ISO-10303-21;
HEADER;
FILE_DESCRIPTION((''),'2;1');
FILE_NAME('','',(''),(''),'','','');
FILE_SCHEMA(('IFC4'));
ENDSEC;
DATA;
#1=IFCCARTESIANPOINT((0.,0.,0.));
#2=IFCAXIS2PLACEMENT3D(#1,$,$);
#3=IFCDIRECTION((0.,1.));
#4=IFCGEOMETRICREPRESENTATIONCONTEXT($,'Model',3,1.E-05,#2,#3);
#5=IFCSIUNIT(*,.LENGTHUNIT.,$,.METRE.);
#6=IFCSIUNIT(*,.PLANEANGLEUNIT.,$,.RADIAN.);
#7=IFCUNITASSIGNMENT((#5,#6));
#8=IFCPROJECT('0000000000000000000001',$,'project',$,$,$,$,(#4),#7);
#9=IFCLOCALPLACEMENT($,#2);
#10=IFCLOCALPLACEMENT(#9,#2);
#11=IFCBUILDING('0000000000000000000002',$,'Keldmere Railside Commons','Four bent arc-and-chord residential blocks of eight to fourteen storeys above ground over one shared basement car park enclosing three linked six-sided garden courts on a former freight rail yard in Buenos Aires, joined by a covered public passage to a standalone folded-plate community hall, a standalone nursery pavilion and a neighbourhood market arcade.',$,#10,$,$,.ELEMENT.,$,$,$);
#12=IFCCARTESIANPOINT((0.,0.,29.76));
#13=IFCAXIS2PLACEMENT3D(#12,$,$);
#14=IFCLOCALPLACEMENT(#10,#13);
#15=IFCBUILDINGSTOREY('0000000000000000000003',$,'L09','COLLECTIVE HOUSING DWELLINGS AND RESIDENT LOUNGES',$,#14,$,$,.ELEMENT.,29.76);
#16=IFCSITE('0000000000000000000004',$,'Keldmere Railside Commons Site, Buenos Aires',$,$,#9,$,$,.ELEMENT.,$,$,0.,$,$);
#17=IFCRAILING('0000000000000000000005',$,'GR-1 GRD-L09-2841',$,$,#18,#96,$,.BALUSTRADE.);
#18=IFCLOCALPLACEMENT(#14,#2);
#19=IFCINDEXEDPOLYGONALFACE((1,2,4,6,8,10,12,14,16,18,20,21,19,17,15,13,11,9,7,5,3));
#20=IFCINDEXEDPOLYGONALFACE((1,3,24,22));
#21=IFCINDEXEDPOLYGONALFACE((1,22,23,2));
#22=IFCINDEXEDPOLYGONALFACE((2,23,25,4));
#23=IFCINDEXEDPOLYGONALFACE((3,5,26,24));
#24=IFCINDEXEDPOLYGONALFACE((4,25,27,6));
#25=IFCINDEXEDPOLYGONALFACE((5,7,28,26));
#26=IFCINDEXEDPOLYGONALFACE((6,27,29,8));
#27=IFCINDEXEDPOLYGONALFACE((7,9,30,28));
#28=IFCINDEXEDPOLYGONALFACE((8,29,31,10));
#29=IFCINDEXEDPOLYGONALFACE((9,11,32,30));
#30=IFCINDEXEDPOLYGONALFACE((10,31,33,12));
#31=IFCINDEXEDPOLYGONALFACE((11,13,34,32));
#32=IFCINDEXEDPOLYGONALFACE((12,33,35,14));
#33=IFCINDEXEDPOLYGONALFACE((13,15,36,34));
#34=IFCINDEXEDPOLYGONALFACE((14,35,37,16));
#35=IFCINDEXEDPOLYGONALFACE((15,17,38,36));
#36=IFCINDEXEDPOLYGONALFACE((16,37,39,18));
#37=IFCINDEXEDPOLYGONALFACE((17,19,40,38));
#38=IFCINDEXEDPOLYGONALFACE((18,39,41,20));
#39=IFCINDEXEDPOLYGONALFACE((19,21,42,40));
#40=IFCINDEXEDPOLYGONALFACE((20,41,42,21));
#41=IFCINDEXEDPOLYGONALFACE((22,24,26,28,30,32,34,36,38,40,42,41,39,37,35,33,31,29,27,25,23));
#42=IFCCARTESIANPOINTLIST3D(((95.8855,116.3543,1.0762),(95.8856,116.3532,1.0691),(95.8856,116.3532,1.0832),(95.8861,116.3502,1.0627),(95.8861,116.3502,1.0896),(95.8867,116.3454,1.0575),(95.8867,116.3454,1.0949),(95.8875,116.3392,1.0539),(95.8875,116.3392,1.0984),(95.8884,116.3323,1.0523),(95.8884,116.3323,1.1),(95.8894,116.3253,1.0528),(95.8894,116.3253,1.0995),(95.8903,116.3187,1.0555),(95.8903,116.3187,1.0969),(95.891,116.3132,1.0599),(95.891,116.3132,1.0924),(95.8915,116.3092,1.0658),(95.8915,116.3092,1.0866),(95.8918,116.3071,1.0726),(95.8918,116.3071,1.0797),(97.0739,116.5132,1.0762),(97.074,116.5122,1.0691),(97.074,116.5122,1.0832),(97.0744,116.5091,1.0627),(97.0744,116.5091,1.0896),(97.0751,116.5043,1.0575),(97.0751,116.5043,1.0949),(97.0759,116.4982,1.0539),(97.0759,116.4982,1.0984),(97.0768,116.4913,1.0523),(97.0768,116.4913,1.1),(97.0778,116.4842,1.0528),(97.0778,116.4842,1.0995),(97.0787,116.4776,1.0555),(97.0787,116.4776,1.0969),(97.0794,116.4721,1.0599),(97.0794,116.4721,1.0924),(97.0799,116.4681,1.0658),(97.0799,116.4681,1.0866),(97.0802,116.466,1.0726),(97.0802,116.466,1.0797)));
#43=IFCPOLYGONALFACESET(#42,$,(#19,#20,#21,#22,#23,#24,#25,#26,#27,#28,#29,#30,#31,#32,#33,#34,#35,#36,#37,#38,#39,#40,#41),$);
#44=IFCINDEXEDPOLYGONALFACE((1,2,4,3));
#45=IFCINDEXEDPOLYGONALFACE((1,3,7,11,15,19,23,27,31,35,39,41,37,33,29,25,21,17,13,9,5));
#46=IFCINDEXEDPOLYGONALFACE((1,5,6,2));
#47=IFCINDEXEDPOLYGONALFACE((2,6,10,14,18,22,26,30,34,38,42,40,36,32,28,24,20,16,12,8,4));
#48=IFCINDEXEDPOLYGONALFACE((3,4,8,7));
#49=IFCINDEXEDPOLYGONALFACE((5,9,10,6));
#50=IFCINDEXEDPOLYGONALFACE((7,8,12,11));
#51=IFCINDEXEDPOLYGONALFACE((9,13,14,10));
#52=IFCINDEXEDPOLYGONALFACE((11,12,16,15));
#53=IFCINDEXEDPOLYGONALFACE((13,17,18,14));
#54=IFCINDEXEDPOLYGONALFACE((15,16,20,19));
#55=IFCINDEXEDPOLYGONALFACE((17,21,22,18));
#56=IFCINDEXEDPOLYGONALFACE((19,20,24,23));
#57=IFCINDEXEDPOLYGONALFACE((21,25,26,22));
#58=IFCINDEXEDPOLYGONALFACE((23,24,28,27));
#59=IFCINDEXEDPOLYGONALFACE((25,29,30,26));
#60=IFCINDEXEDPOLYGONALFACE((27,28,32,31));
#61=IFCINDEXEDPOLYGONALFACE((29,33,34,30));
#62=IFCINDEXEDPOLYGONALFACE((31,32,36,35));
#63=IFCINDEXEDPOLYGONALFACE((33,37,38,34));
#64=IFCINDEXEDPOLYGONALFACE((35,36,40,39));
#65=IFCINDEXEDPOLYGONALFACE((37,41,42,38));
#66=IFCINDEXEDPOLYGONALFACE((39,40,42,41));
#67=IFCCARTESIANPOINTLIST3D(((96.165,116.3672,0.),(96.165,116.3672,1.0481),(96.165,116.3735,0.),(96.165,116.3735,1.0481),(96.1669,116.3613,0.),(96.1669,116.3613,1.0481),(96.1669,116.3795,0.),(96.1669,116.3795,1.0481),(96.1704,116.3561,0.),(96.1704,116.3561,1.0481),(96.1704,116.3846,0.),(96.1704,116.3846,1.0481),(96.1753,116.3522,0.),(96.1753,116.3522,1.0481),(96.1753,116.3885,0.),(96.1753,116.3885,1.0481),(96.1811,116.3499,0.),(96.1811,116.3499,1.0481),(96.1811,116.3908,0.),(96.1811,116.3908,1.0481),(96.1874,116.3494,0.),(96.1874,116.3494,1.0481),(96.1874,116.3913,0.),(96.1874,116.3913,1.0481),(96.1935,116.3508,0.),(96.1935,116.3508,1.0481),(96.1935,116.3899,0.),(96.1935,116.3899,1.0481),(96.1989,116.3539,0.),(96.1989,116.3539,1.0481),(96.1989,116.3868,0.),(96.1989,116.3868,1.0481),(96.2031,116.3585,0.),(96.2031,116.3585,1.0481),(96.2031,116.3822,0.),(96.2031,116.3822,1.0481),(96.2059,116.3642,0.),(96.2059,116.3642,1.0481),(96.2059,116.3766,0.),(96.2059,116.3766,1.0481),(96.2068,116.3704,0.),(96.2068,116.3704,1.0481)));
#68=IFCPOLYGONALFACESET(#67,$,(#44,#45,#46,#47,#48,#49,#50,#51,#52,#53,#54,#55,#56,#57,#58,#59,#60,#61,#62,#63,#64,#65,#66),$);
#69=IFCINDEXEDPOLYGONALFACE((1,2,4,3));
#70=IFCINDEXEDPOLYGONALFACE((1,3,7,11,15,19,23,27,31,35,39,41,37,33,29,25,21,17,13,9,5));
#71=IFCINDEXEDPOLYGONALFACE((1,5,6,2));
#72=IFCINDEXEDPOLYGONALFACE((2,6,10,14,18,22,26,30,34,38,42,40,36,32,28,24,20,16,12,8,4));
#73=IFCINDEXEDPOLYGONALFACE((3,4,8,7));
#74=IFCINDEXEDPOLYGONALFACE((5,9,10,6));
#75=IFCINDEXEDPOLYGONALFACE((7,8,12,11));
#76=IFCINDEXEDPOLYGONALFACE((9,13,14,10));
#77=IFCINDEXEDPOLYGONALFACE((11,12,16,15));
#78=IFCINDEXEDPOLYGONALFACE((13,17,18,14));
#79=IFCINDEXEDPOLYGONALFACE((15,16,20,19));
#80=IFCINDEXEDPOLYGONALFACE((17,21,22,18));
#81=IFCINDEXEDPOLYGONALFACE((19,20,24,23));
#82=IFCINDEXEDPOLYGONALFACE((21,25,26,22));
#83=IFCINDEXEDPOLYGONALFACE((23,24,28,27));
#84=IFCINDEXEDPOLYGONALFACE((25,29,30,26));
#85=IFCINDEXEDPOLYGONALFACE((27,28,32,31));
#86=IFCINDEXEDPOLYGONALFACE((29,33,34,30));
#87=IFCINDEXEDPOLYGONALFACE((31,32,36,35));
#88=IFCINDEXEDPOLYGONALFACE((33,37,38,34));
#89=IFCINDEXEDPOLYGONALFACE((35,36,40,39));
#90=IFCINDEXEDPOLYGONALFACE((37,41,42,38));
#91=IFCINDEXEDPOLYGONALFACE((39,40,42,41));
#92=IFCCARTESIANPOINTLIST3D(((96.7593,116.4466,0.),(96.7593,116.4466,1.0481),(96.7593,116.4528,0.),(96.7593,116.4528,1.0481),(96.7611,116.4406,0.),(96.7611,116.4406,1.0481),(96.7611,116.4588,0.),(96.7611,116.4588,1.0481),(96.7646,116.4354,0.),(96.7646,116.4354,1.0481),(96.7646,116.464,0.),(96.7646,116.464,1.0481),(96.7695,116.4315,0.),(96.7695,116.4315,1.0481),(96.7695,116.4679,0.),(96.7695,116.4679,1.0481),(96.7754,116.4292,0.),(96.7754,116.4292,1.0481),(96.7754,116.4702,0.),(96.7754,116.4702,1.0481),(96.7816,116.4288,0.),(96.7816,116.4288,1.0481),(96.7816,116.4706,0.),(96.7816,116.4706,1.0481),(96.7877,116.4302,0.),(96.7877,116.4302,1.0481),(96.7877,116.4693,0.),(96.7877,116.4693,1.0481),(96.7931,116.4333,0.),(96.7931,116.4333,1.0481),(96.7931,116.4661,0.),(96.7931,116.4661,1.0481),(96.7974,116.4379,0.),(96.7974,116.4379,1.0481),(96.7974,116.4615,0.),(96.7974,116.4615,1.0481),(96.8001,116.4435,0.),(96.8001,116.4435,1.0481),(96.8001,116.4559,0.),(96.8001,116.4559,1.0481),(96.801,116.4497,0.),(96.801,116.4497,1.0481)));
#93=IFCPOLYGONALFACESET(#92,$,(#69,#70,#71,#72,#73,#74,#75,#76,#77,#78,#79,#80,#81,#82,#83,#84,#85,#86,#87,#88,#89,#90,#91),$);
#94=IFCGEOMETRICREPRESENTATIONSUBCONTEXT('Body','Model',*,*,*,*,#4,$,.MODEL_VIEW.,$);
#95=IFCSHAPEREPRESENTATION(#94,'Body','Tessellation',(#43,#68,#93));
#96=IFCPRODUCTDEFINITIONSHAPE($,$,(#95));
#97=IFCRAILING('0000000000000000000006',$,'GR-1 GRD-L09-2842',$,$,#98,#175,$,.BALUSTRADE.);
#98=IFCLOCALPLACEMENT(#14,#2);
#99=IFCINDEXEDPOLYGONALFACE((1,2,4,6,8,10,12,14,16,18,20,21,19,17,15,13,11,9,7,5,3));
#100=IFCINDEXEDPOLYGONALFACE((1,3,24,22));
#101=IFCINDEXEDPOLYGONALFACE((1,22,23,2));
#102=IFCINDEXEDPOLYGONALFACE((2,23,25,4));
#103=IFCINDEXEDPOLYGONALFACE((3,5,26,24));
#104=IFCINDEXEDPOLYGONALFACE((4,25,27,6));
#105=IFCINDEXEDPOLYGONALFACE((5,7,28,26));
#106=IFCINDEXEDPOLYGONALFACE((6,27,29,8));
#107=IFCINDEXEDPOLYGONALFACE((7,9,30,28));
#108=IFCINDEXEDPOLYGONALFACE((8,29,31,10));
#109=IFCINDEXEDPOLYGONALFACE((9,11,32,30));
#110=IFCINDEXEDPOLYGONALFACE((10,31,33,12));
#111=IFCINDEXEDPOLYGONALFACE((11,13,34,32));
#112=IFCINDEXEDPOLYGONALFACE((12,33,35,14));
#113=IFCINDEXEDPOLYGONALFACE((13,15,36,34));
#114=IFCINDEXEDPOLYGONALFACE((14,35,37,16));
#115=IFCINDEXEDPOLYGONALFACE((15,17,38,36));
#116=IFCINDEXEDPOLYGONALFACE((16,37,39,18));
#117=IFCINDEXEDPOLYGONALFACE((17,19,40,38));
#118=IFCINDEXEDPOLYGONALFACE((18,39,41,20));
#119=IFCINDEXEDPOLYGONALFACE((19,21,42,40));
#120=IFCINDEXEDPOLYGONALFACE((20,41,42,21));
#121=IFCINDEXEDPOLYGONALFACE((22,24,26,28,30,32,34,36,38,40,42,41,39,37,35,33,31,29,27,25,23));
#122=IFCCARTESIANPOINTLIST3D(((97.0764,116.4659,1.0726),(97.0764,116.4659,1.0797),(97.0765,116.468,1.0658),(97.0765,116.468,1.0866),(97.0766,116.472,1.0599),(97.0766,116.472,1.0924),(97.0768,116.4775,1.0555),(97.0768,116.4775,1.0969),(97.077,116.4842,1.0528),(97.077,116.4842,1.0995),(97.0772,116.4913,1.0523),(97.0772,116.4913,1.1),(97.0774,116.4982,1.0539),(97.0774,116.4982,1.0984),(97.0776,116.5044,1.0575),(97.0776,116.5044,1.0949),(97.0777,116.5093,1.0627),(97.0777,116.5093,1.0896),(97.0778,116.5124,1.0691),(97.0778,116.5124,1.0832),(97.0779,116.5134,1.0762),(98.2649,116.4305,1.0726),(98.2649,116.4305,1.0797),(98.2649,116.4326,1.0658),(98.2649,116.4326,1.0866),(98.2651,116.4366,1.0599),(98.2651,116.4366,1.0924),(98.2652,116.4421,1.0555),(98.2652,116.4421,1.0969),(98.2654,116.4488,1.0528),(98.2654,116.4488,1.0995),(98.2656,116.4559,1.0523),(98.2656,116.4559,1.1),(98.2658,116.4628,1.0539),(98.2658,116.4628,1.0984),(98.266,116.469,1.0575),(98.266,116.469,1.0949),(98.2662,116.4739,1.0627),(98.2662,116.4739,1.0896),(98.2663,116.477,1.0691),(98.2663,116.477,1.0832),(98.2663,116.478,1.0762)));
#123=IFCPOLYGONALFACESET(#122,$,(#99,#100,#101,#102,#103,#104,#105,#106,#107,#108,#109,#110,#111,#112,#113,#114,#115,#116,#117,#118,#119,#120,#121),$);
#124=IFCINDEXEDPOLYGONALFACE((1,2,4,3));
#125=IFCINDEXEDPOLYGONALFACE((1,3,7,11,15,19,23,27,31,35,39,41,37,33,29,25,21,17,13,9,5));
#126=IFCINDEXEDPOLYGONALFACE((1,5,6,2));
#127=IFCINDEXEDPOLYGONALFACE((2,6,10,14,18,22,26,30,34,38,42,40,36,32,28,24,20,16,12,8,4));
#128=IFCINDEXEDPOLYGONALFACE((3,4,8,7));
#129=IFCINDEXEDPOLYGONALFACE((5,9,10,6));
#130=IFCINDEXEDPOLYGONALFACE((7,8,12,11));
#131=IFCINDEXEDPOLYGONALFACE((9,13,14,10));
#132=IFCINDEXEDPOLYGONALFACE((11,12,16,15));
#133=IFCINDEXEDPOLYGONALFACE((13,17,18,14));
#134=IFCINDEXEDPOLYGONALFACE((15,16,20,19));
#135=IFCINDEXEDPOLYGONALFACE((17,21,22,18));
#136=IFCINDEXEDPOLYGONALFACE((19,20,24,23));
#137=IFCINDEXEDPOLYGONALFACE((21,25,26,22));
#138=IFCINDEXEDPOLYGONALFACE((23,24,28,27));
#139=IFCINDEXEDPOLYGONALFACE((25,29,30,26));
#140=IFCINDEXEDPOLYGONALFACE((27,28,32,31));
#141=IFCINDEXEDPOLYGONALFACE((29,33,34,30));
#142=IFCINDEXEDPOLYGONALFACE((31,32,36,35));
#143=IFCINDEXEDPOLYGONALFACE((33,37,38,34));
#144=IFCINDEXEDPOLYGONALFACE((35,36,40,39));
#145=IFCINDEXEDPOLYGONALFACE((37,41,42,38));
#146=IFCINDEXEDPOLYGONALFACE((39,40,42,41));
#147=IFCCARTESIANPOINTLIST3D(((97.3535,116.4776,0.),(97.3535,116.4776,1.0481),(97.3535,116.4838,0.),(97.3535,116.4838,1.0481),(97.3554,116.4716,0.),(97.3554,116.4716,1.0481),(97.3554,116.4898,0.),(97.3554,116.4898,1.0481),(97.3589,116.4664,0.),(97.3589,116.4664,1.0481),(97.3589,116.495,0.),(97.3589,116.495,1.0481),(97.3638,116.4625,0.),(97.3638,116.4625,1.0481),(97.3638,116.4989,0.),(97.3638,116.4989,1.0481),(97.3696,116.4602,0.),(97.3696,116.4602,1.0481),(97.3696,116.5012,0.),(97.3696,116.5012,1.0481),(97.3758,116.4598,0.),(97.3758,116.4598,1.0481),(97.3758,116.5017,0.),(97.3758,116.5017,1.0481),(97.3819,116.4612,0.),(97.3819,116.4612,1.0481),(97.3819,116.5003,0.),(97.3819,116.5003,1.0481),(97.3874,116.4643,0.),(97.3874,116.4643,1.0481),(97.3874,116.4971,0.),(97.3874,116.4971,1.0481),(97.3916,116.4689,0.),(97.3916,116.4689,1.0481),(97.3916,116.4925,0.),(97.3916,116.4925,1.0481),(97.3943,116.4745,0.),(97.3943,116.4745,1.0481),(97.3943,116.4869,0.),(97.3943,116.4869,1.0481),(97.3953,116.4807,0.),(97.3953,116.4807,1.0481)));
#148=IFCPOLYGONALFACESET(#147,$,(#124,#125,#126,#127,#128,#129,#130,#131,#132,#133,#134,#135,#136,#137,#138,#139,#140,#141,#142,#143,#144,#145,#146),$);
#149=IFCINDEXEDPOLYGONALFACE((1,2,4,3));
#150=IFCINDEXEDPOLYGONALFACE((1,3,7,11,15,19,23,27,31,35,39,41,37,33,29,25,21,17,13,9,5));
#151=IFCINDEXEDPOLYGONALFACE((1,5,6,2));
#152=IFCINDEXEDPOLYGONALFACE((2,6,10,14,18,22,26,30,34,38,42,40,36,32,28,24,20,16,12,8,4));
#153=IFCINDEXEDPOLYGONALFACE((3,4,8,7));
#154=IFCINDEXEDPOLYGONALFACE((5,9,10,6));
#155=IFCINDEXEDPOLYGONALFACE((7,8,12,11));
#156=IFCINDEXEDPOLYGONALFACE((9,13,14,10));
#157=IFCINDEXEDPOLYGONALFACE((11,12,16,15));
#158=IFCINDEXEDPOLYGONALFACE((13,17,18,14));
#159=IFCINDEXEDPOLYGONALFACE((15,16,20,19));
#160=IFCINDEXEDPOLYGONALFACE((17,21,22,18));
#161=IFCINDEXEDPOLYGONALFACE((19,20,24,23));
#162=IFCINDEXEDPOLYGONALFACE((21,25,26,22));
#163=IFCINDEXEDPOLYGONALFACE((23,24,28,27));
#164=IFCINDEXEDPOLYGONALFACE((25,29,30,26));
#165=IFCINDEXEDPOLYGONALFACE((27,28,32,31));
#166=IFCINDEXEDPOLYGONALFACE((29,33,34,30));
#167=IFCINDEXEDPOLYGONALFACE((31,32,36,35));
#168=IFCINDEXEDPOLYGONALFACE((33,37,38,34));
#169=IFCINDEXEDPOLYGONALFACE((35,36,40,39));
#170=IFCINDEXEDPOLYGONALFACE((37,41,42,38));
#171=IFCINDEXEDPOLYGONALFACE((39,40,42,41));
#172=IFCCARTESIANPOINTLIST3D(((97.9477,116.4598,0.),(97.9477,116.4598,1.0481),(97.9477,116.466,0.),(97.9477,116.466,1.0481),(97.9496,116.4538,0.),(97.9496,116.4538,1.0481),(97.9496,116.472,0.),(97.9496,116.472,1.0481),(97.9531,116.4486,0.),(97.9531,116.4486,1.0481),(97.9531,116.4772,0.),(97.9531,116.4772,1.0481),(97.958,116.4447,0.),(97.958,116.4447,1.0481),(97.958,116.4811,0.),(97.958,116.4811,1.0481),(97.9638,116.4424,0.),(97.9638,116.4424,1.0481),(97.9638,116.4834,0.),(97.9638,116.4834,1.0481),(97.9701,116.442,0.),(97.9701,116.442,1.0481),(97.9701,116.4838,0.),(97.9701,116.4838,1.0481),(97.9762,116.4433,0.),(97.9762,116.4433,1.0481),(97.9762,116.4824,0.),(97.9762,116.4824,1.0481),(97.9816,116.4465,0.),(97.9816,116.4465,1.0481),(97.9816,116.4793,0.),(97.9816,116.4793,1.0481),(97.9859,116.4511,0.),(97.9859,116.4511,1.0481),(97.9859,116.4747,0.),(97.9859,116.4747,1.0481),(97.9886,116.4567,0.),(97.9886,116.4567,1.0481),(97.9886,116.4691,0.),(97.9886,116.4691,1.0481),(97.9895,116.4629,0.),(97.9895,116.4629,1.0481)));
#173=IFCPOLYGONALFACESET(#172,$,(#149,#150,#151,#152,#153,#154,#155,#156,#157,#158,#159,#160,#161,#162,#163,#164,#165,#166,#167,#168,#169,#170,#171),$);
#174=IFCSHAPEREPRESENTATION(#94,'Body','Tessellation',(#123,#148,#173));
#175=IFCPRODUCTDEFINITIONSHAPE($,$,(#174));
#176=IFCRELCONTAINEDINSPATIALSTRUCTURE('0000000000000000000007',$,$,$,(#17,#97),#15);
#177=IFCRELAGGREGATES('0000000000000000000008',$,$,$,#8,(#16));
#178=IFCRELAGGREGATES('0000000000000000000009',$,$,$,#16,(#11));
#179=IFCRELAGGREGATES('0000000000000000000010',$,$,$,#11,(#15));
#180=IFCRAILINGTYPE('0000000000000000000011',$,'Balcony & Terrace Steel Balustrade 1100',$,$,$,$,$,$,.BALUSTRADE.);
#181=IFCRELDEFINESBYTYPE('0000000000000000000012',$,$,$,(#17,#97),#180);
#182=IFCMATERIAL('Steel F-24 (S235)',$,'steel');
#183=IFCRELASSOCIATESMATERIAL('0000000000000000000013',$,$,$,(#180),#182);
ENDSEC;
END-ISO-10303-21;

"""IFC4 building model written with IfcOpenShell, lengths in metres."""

from ifc_helpers import new_model, si_unit, direction, frame, origin, origin_2d, place, context, subcontext, project, spatial, circle, extrude, material, type_object, element, save


model = new_model("IFC4")

# Units and contexts
model_context = context("Model", 3, precision=1e-05, world=origin(), true_north=direction((0.0, 1.0)))
body_context = subcontext(model_context, "Body", "Model", "MODEL_VIEW")
ifc_project = project(units=[si_unit("LENGTHUNIT", "METRE"), si_unit("PLANEANGLEUNIT", "RADIAN")], contexts=[model_context])

# Site, building, storey
site_placement = place(None, origin())
site = spatial("IfcSite", under=ifc_project, at=site_placement, Name="Keldmere Railside Commons Site, Buenos Aires", CompositionType="ELEMENT", RefElevation=0.0)
building_placement = place(site_placement, origin())
building = spatial("IfcBuilding", under=site, at=building_placement, Name="Keldmere Railside Commons", Description="Four bent arc-and-chord residential blocks of eight to fourteen storeys above ground over one shared basement car park enclosing three linked six-sided garden courts on a former freight rail yard in Buenos Aires, joined by a covered public passage to a standalone folded-plate community hall, a standalone nursery pavilion and a neighbourhood market arcade.", CompositionType="ELEMENT")
storey_placement = place(building_placement, frame((0.0, 0.0, 29.76)))
storey = spatial("IfcBuildingStorey", under=building, at=storey_placement, Name="L09", Description="COLLECTIVE HOUSING DWELLINGS AND RESIDENT LOUNGES", CompositionType="ELEMENT", Elevation=29.76)

# Railings
ifc_material_1 = material(Name="Steel F-24 (S235)", Category="steel")
railing_type = type_object("IfcRailingType", Name="Balcony & Terrace Steel Balustrade 1100", PredefinedType="BALUSTRADE", material=ifc_material_1)
railing_1_placement = place(storey_placement, frame((95.8887, 116.3306, 0.0)))
element("IfcRailing", 1, at=railing_1_placement, inside=storey, type_object=railing_type, Name="GR-1 GRD-L09-2841", PredefinedType="BALUSTRADE", context=body_context, shape_type="SweptSolid", body=[
    extrude(circle(Radius=0.0239, at=origin_2d()), frame((0.0, 0.0, 1.0762), z_axis=(0.991176, 0.13255, 0.0), x_axis=(-0.13255, 0.991176, 0.0)), (0.0, 0.0, 1.0), 1.199),
    extrude(circle(Radius=0.021, at=origin_2d()), frame((0.2971, 0.0398, 0.0)), (0.0, 0.0, 1.0), 1.0481),
    extrude(circle(Radius=0.021, at=origin_2d()), frame((0.8914, 0.1191, 0.0)), (0.0, 0.0, 1.0), 1.0481),
])
railing_2_placement = place(storey_placement, frame((97.0771, 116.4895, 0.0)))
element("IfcRailing", 2, at=railing_2_placement, inside=storey, type_object=railing_type, Name="GR-1 GRD-L09-2842", PredefinedType="BALUSTRADE", context=body_context, shape_type="SweptSolid", body=[
    extrude(circle(Radius=0.0239, at=origin_2d()), frame((0.0, 0.0, 1.0762), z_axis=(0.999557, -0.029773, 0.0), x_axis=(0.029773, 0.999557, 0.0)), (0.0, 0.0, 1.0), 1.189),
    extrude(circle(Radius=0.021, at=origin_2d()), frame((0.2971, -0.0088, 0.0)), (0.0, 0.0, 1.0), 1.0481),
    extrude(circle(Radius=0.021, at=origin_2d()), frame((0.8914, -0.0266, 0.0)), (0.0, 0.0, 1.0), 1.0481),
])

save(model, "model.ifc")
